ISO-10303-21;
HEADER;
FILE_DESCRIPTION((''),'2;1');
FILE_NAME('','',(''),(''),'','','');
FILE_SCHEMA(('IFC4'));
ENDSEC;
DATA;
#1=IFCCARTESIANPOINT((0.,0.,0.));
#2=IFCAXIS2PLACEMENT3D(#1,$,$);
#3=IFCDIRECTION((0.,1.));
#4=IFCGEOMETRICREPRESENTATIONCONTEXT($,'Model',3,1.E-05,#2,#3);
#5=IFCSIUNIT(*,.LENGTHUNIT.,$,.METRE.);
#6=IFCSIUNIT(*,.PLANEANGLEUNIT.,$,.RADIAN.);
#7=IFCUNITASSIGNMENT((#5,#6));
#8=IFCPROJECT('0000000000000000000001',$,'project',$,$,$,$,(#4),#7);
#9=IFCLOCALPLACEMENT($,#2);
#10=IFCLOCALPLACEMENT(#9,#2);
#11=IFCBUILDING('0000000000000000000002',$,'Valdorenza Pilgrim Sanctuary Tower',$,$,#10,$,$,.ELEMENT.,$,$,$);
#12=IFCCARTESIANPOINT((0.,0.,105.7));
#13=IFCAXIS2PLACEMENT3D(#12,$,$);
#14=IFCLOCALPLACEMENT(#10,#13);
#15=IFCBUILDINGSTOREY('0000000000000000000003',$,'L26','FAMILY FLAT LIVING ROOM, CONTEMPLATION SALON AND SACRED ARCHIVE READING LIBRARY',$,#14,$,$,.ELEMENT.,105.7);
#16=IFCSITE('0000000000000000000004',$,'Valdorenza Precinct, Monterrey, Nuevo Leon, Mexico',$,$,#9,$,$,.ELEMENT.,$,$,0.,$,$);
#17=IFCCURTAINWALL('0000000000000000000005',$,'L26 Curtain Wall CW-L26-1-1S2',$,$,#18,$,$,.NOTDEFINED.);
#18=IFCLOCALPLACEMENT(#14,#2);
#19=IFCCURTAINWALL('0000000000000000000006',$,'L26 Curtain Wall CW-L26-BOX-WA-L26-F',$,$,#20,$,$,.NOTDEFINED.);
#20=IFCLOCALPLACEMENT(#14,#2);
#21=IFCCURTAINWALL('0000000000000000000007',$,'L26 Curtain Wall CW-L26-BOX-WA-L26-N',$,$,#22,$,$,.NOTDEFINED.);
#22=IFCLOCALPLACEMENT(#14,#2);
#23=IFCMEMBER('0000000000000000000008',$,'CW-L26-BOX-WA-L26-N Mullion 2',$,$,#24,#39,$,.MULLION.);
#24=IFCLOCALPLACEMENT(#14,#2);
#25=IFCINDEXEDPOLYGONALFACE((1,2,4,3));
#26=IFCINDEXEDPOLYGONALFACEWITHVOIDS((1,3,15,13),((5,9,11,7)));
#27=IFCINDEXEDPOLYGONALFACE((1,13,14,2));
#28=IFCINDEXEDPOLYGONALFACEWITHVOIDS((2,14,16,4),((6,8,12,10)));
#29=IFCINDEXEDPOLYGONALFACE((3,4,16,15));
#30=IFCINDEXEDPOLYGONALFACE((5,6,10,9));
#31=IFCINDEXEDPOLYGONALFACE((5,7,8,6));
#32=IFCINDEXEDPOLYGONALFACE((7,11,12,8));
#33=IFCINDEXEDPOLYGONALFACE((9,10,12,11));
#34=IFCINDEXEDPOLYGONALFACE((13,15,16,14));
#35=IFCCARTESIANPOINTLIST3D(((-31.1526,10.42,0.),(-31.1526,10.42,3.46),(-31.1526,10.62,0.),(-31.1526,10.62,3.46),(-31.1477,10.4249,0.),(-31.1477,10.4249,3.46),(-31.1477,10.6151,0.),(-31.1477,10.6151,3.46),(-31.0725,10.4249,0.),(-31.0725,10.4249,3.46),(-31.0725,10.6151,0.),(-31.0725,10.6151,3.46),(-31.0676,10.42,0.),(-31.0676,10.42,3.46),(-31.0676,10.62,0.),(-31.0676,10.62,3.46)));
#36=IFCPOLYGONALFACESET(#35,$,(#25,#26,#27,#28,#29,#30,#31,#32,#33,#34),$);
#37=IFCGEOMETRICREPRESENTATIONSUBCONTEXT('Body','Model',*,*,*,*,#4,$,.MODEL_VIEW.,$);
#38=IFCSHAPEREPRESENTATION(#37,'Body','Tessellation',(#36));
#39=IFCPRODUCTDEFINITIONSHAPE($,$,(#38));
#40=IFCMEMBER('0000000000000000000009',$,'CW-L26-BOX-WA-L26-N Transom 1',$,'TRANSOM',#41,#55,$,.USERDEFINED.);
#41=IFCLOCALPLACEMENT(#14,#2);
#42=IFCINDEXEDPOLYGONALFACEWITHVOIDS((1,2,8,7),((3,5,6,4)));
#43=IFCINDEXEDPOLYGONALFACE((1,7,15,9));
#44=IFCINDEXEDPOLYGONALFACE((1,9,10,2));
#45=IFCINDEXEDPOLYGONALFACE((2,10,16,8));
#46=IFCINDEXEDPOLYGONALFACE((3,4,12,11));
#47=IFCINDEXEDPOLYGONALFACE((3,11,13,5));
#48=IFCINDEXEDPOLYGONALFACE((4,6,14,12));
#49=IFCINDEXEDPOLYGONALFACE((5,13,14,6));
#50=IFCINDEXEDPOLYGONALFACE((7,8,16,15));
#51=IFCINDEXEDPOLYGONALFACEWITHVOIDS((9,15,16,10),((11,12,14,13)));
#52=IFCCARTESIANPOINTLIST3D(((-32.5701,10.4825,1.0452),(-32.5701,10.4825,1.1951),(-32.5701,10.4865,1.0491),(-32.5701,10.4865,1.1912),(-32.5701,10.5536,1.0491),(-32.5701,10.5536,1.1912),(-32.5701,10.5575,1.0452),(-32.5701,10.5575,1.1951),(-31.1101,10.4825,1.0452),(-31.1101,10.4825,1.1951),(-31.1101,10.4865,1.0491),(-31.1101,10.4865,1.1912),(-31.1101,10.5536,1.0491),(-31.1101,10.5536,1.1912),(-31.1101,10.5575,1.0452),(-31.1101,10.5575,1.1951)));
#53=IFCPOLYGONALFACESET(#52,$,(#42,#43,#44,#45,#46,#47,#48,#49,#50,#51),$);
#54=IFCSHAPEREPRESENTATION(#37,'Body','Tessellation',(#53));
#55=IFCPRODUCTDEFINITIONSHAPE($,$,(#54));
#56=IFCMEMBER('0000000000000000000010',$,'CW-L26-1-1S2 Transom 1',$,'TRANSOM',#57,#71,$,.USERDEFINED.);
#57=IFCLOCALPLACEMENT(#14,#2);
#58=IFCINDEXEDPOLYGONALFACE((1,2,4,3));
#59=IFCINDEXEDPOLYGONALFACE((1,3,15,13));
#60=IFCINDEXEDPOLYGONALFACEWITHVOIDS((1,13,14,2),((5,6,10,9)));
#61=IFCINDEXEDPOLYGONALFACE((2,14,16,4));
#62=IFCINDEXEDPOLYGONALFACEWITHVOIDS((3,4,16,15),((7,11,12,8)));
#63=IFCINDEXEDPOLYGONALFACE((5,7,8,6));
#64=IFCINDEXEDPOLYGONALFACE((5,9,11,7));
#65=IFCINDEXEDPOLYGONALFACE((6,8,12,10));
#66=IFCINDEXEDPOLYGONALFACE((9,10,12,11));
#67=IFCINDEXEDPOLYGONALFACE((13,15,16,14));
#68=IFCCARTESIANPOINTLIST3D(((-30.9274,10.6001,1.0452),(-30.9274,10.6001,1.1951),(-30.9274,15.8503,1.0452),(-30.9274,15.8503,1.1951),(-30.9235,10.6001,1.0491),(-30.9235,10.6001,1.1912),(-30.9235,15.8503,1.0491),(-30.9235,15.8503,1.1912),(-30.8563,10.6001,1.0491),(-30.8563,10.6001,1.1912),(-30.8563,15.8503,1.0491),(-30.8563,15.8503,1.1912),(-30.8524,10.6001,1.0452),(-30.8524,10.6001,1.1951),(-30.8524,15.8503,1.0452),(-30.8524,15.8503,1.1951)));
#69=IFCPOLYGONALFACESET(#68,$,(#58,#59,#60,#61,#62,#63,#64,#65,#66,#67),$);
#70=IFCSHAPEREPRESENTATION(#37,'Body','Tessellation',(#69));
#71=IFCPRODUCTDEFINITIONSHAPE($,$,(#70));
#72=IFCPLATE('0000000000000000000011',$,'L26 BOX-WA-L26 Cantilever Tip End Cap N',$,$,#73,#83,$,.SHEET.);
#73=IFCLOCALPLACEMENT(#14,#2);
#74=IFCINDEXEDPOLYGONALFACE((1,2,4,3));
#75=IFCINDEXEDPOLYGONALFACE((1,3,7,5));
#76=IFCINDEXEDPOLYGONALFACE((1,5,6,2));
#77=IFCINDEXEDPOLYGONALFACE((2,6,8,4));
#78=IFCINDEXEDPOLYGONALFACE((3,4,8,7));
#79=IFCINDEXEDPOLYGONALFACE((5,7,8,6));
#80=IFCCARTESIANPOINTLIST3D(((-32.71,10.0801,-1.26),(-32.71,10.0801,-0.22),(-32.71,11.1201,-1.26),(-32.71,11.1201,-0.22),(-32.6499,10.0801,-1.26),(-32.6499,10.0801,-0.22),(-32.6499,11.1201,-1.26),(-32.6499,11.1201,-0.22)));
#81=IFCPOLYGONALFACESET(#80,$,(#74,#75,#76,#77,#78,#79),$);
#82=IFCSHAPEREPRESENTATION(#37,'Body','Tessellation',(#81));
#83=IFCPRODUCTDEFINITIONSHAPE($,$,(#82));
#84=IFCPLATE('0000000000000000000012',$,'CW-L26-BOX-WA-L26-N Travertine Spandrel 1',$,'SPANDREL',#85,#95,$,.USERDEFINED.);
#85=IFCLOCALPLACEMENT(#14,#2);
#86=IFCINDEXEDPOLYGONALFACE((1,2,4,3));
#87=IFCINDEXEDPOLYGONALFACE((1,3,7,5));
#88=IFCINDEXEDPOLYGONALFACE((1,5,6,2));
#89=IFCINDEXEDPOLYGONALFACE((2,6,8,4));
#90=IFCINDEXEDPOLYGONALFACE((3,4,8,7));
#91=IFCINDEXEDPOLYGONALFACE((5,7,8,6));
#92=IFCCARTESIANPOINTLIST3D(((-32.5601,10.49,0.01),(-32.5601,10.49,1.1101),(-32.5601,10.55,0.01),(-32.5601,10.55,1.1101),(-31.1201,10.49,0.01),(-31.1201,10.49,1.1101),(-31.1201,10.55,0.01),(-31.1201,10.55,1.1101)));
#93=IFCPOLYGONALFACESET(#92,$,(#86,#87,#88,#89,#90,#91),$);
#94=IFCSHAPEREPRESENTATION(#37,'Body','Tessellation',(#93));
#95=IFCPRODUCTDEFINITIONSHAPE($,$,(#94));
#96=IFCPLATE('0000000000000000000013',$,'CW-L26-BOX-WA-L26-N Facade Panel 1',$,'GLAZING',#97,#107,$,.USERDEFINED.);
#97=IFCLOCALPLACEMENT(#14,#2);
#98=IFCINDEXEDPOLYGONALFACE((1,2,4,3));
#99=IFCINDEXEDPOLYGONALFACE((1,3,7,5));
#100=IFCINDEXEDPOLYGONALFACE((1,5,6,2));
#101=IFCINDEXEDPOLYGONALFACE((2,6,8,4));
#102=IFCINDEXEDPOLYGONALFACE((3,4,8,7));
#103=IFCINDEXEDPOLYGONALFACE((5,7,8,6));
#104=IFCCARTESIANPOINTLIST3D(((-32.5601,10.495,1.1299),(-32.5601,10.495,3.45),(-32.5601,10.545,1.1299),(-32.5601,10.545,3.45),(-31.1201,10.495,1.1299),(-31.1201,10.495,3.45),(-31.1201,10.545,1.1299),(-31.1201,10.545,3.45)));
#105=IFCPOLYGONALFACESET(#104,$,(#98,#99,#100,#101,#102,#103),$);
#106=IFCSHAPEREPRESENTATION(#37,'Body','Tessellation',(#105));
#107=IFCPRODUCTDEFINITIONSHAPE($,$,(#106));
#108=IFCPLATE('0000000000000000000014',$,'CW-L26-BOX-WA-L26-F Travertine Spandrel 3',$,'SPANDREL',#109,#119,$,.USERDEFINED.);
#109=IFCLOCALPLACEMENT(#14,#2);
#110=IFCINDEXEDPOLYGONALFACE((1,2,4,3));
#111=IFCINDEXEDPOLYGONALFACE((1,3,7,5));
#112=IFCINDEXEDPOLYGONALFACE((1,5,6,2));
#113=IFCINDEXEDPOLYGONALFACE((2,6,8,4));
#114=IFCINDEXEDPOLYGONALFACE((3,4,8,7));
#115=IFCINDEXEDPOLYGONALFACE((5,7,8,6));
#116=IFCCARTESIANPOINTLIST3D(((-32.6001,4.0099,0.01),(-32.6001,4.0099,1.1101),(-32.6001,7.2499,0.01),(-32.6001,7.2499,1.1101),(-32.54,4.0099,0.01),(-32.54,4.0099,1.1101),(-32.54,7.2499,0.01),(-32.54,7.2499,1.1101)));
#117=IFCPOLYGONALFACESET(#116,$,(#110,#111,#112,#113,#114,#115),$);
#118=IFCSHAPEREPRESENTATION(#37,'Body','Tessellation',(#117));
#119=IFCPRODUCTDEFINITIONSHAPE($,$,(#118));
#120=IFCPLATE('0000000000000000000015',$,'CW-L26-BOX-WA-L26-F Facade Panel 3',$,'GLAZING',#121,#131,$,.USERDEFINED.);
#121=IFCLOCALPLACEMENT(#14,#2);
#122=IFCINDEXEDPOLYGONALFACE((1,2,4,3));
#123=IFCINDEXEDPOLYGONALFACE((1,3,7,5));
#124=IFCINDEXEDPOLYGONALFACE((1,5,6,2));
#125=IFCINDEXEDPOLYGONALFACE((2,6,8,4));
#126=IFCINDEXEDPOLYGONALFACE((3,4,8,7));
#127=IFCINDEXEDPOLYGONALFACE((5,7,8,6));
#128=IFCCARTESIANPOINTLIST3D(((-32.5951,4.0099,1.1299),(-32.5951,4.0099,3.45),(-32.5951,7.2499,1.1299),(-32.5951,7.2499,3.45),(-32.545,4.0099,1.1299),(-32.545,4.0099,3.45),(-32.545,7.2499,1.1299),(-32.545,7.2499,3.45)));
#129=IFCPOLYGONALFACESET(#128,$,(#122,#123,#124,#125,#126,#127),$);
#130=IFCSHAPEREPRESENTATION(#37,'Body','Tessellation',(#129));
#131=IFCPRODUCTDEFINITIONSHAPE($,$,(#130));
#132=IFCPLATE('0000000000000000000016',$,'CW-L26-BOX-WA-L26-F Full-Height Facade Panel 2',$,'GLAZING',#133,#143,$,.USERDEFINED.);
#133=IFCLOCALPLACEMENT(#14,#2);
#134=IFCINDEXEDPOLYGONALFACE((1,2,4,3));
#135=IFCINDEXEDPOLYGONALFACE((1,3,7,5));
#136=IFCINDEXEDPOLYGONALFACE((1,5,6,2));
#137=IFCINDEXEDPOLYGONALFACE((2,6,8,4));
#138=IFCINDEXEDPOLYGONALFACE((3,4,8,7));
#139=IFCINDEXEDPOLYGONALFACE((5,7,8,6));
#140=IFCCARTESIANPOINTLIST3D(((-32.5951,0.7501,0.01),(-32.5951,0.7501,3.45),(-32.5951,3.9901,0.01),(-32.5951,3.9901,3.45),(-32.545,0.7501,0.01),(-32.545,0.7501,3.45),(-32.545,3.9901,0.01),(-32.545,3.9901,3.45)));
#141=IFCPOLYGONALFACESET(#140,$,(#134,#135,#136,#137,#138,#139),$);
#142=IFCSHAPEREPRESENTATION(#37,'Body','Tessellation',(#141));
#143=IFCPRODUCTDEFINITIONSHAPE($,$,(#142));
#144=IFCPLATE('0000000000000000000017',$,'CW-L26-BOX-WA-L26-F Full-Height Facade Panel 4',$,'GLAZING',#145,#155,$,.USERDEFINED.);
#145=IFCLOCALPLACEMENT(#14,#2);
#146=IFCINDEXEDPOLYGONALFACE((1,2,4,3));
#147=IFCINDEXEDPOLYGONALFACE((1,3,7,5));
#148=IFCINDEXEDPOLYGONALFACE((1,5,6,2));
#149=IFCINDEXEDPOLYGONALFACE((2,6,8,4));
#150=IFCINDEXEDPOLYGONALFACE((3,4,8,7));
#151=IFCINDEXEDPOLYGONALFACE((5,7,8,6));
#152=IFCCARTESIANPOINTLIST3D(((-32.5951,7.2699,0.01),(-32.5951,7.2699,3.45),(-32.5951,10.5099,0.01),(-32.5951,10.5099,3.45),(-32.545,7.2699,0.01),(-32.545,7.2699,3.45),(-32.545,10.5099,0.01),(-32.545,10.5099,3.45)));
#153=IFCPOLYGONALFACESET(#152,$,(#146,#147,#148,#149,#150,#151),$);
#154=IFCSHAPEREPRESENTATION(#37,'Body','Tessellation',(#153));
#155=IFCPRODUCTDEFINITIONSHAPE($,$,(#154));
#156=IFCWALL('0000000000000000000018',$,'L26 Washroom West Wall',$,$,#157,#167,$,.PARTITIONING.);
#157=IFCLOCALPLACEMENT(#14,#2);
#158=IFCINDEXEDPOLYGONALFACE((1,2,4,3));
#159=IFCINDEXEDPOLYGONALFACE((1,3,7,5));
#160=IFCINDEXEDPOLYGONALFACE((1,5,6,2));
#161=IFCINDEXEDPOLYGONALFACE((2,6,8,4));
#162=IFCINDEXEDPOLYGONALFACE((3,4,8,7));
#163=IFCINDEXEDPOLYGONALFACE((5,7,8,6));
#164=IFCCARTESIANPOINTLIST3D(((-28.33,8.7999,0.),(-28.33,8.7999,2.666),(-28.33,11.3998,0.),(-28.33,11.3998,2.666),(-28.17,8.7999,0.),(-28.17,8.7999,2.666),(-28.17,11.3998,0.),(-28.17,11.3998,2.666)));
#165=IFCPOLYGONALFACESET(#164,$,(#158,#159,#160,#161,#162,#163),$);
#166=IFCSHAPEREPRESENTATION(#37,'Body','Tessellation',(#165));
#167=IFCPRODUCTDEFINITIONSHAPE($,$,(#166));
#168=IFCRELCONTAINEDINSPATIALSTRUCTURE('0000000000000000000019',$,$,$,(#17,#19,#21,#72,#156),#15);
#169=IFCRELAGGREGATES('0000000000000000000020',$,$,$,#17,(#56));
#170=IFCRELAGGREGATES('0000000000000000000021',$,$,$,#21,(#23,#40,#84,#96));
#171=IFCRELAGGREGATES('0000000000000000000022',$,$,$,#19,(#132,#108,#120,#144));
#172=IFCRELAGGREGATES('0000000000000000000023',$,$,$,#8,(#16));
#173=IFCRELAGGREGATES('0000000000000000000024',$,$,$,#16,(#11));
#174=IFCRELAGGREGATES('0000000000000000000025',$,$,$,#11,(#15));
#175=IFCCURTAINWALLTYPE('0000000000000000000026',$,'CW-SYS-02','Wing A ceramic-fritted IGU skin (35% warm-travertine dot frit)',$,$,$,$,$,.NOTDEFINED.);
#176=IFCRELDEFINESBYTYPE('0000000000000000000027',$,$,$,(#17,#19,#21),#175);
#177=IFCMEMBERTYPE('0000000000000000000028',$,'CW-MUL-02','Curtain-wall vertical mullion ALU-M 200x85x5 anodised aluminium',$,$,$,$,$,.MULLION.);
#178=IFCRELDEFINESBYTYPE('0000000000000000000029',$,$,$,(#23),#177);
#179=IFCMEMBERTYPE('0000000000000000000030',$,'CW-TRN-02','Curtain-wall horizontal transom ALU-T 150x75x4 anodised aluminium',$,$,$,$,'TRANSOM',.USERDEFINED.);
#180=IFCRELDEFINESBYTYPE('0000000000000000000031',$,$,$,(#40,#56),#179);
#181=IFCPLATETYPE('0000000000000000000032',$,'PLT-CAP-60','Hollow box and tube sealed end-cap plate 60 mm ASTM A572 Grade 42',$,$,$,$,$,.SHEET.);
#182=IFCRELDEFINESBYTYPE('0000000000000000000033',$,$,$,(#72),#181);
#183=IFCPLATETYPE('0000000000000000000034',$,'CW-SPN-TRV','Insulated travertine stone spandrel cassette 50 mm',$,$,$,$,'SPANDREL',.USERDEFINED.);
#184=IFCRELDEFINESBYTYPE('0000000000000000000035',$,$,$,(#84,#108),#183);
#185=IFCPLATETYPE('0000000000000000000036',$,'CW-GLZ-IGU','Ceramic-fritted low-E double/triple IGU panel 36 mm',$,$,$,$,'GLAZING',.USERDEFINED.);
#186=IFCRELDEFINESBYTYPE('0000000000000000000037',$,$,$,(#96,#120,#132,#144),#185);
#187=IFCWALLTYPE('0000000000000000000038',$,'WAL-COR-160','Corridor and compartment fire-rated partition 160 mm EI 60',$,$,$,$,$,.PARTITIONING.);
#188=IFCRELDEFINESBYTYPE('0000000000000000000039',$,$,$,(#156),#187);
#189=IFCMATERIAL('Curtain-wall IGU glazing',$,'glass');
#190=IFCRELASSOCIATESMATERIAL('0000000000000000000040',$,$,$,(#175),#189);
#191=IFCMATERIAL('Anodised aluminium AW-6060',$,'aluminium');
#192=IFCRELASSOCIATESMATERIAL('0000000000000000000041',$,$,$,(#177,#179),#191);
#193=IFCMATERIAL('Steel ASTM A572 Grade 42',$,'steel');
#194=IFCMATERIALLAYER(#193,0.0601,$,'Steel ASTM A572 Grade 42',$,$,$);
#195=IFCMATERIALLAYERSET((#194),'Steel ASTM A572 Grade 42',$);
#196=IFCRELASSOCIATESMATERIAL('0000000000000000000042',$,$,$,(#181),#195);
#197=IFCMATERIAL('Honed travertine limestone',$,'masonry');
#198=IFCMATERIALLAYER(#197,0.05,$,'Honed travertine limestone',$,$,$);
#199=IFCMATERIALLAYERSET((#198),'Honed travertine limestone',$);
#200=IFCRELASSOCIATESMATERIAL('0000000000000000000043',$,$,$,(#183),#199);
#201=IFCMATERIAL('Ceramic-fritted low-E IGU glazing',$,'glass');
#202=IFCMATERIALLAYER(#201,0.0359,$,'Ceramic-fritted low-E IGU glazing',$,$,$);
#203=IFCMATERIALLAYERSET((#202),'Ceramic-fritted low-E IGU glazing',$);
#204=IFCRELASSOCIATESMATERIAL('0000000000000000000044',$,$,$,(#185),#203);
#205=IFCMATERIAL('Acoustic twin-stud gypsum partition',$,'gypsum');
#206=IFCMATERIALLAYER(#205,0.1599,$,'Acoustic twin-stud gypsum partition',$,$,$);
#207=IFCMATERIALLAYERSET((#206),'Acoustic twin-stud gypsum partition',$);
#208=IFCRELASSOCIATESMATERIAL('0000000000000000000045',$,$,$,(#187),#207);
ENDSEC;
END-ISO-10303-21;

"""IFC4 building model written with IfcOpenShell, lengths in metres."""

from ifc_helpers import new_model, si_unit, direction, frame, frame_2d, origin, origin_2d, place, context, subcontext, project, spatial, rectangle, hollow_rectangle, extrude, source, transform, mapped, material, layer, layer_set, material_profile, profile_set, type_object, element, aggregate, save


model = new_model("IFC4")

# Units and contexts
model_context = context("Model", 3, precision=1e-05, world=origin(), true_north=direction((0.0, 1.0)))
body_context = subcontext(model_context, "Body", "Model", "MODEL_VIEW")
ifc_project = project(units=[si_unit("LENGTHUNIT", "METRE"), si_unit("PLANEANGLEUNIT", "RADIAN")], contexts=[model_context])

# Site, building, storey
site_placement = place(None, origin())
site = spatial("IfcSite", under=ifc_project, at=site_placement, Name="Valdorenza Precinct, Monterrey, Nuevo Leon, Mexico", CompositionType="ELEMENT", RefElevation=0.0)
building_placement = place(site_placement, origin())
building = spatial("IfcBuilding", under=site, at=building_placement, Name="Valdorenza Pilgrim Sanctuary Tower", CompositionType="ELEMENT")
storey_placement = place(building_placement, frame((0.0, 0.0, 105.7)))
storey = spatial("IfcBuildingStorey", under=building, at=storey_placement, Name="L26", Description="FAMILY FLAT LIVING ROOM, CONTEMPLATION SALON AND SACRED ARCHIVE READING LIBRARY", CompositionType="ELEMENT", Elevation=105.7)

# Shared definitions
ifc_material_1 = material(Name="Steel ASTM A572 Grade 42", Category="steel")

# Curtain wall
ifc_material_2 = material(Name="Curtain-wall IGU glazing", Category="glass")
curtain_wall_type = type_object("IfcCurtainWallType", Name="CW-SYS-02", Description="Wing A ceramic-fritted IGU skin (35% warm-travertine dot frit)", PredefinedType="NOTDEFINED", material=ifc_material_2)
curtain_wall_1_placement = place(storey_placement, origin())
curtain_wall_1 = element("IfcCurtainWall", 1, at=curtain_wall_1_placement, inside=storey, type_object=curtain_wall_type, Name="L26 Curtain Wall CW-L26-1-1S2", PredefinedType="NOTDEFINED")
ifc_material_3 = material(Name="Anodised aluminium AW-6060", Category="aluminium")
ifc_material_profile_1 = material_profile(ifc_material_3, hollow_rectangle(XDim=0.085, YDim=0.2, WallThickness=0.0049, at=origin_2d()), Name="ALU-M 200x85x5")
ifc_profile_set_1 = profile_set([ifc_material_profile_1], Name="Anodised aluminium AW-6060")
member_type_1 = type_object("IfcMemberType", Name="CW-MUL-02", Description="Curtain-wall vertical mullion ALU-M 200x85x5 anodised aluminium", PredefinedType="MULLION", material=ifc_profile_set_1)
shared_shape_1 = source(origin(), body_context, "Body", "SweptSolid", [
    extrude(hollow_rectangle(XDim=0.085, YDim=0.2, WallThickness=0.0049, at=origin_2d()), origin(), (0.0, 0.0, 1.0), 3.46),
])

# Curtain walls, members
curtain_wall_2_placement = place(storey_placement, origin())
curtain_wall_2 = element("IfcCurtainWall", 2, at=curtain_wall_2_placement, inside=storey, type_object=curtain_wall_type, Name="L26 Curtain Wall CW-L26-BOX-WA-L26-F", PredefinedType="NOTDEFINED")
curtain_wall_3_placement = place(storey_placement, origin())
curtain_wall_3 = element("IfcCurtainWall", 3, at=curtain_wall_3_placement, inside=storey, type_object=curtain_wall_type, Name="L26 Curtain Wall CW-L26-BOX-WA-L26-N", PredefinedType="NOTDEFINED")
member_1_placement = place(storey_placement, frame((-31.1101, 10.52, 0.0), z_axis=(0.0, 0.0, 1.0), x_axis=(1.0, 0.0, 0.0)))
member_1 = element("IfcMember", 4, at=member_1_placement, type_object=member_type_1, Name="CW-L26-BOX-WA-L26-N Mullion 2", PredefinedType="MULLION", context=body_context, shape_type="MappedRepresentation", body=[
    mapped(shared_shape_1, transform((0.0, 0.0, 0.0), x_axis=(1.0, 0.0, 0.0), y_axis=(0.0, 1.0, 0.0), z_axis=(0.0, 0.0, 1.0), scale=1.0)),
])
ifc_material_profile_2 = material_profile(ifc_material_3, hollow_rectangle(XDim=0.075, YDim=0.1499, WallThickness=0.0039, at=origin_2d()), Name="ALU-T 150x75x4")
ifc_profile_set_2 = profile_set([ifc_material_profile_2], Name="Anodised aluminium AW-6060")
member_type_2 = type_object("IfcMemberType", Name="CW-TRN-02", Description="Curtain-wall horizontal transom ALU-T 150x75x4 anodised aluminium", ElementType="TRANSOM", PredefinedType="USERDEFINED", material=ifc_profile_set_2)
shared_shape_2 = source(origin(), body_context, "Body", "SweptSolid", [
    extrude(hollow_rectangle(XDim=0.075, YDim=0.1499, WallThickness=0.0039, at=origin_2d()), origin(), (0.0, 0.0, 1.0), 1.46),
])
member_2_placement = place(storey_placement, frame((-32.5701, 10.52, 1.1201), z_axis=(1.0, 0.0, 0.0), x_axis=(0.0, 1.0, 0.0)))
member_2 = element("IfcMember", 5, at=member_2_placement, type_object=member_type_2, Name="CW-L26-BOX-WA-L26-N Transom 1", ObjectType="TRANSOM", PredefinedType="USERDEFINED", context=body_context, shape_type="MappedRepresentation", body=[
    mapped(shared_shape_2, transform((0.0, 0.0, 0.0), x_axis=(1.0, 0.0, 0.0), y_axis=(0.0, 1.0, 0.0), z_axis=(0.0, 0.0, 1.0), scale=1.0)),
])

# Member
shared_shape_3 = source(origin(), body_context, "Body", "SweptSolid", [
    extrude(hollow_rectangle(XDim=0.075, YDim=0.1499, WallThickness=0.0039, at=origin_2d()), origin(), (0.0, 0.0, 1.0), 5.2502),
])
member_3_placement = place(storey_placement, frame((-30.8899, 10.6001, 1.1201), z_axis=(0.0, 1.0, 0.0), x_axis=(-1.0, 0.0, 0.0)))
member_3 = element("IfcMember", 6, at=member_3_placement, type_object=member_type_2, Name="CW-L26-1-1S2 Transom 1", ObjectType="TRANSOM", PredefinedType="USERDEFINED", context=body_context, shape_type="MappedRepresentation", body=[
    mapped(shared_shape_3, transform((0.0, 0.0, 0.0), x_axis=(1.0, 0.0, 0.0), y_axis=(0.0, 1.0, 0.0), z_axis=(0.0, 0.0, 1.0), scale=1.0)),
])
aggregate(curtain_wall_1, [member_3])

# Plates
ifc_layer_1 = layer(ifc_material_1, 0.0601, Name="Steel ASTM A572 Grade 42")
ifc_layer_set_1 = layer_set([ifc_layer_1], Name="Steel ASTM A572 Grade 42")
plate_type_1 = type_object("IfcPlateType", Name="PLT-CAP-60", Description="Hollow box and tube sealed end-cap plate 60 mm ASTM A572 Grade 42", PredefinedType="SHEET", material=ifc_layer_set_1)
shared_shape_4 = source(origin(), body_context, "Body", "SweptSolid", [
    extrude(rectangle(XDim=0.0601, YDim=1.04, at=origin_2d()), origin(), (0.0, 0.0, 1.0), 1.04),
])
plate_1_placement = place(storey_placement, frame((-32.6799, 10.6001, -1.26), z_axis=(0.0, 0.0, 1.0), x_axis=(1.0, 0.0, 0.0)))
element("IfcPlate", 7, at=plate_1_placement, inside=storey, type_object=plate_type_1, Name="L26 BOX-WA-L26 Cantilever Tip End Cap N", PredefinedType="SHEET", context=body_context, shape_type="MappedRepresentation", body=[
    mapped(shared_shape_4, transform((0.0, 0.0, 0.0), x_axis=(1.0, 0.0, 0.0), y_axis=(0.0, 1.0, 0.0), z_axis=(0.0, 0.0, 1.0), scale=1.0)),
])
ifc_material_4 = material(Name="Honed travertine limestone", Category="masonry")
ifc_layer_2 = layer(ifc_material_4, 0.05, Name="Honed travertine limestone")
ifc_layer_set_2 = layer_set([ifc_layer_2], Name="Honed travertine limestone")
plate_type_2 = type_object("IfcPlateType", Name="CW-SPN-TRV", Description="Insulated travertine stone spandrel cassette 50 mm", ElementType="SPANDREL", PredefinedType="USERDEFINED", material=ifc_layer_set_2)
shared_shape_5 = source(origin(), body_context, "Body", "SweptSolid", [
    extrude(rectangle(XDim=1.4399, YDim=0.0601, at=origin_2d()), origin(), (0.0, 0.0, 1.0), 1.1001),
])
plate_2_placement = place(storey_placement, frame((-31.8401, 10.52, 0.01), z_axis=(0.0, 0.0, 1.0), x_axis=(1.0, 0.0, 0.0)))
plate_2 = element("IfcPlate", 8, at=plate_2_placement, type_object=plate_type_2, Name="CW-L26-BOX-WA-L26-N Travertine Spandrel 1", ObjectType="SPANDREL", PredefinedType="USERDEFINED", context=body_context, shape_type="MappedRepresentation", body=[
    mapped(shared_shape_5, transform((0.0, 0.0, 0.0), x_axis=(1.0, 0.0, 0.0), y_axis=(0.0, 1.0, 0.0), z_axis=(0.0, 0.0, 1.0), scale=1.0)),
])
ifc_material_5 = material(Name="Ceramic-fritted low-E IGU glazing", Category="glass")
ifc_layer_3 = layer(ifc_material_5, 0.0359, Name="Ceramic-fritted low-E IGU glazing")
ifc_layer_set_3 = layer_set([ifc_layer_3], Name="Ceramic-fritted low-E IGU glazing")
plate_type_3 = type_object("IfcPlateType", Name="CW-GLZ-IGU", Description="Ceramic-fritted low-E double/triple IGU panel 36 mm", ElementType="GLAZING", PredefinedType="USERDEFINED", material=ifc_layer_set_3)
shared_shape_6 = source(origin(), body_context, "Body", "SweptSolid", [
    extrude(rectangle(XDim=1.4399, YDim=0.05, at=origin_2d()), origin(), (0.0, 0.0, 1.0), 2.3201),
])
plate_3_placement = place(storey_placement, frame((-31.8401, 10.52, 1.1299), z_axis=(0.0, 0.0, 1.0), x_axis=(1.0, 0.0, 0.0)))
plate_3 = element("IfcPlate", 9, at=plate_3_placement, type_object=plate_type_3, Name="CW-L26-BOX-WA-L26-N Facade Panel 1", ObjectType="GLAZING", PredefinedType="USERDEFINED", context=body_context, shape_type="MappedRepresentation", body=[
    mapped(shared_shape_6, transform((0.0, 0.0, 0.0), x_axis=(1.0, 0.0, 0.0), y_axis=(0.0, 1.0, 0.0), z_axis=(0.0, 0.0, 1.0), scale=1.0)),
])
aggregate(curtain_wall_3, [member_1, member_2, plate_2, plate_3])
shared_shape_7 = source(origin(), body_context, "Body", "SweptSolid", [
    extrude(rectangle(XDim=3.24, YDim=0.0601, at=origin_2d()), origin(), (0.0, 0.0, 1.0), 1.1001),
])
plate_4_placement = place(storey_placement, frame((-32.5701, 5.6299, 0.01), z_axis=(0.0, 0.0, 1.0), x_axis=(0.0, 1.0, 0.0)))
plate_4 = element("IfcPlate", 10, at=plate_4_placement, type_object=plate_type_2, Name="CW-L26-BOX-WA-L26-F Travertine Spandrel 3", ObjectType="SPANDREL", PredefinedType="USERDEFINED", context=body_context, shape_type="MappedRepresentation", body=[
    mapped(shared_shape_7, transform((0.0, 0.0, 0.0), x_axis=(1.0, 0.0, 0.0), y_axis=(0.0, 1.0, 0.0), z_axis=(0.0, 0.0, 1.0), scale=1.0)),
])
shared_shape_8 = source(origin(), body_context, "Body", "SweptSolid", [
    extrude(rectangle(XDim=3.24, YDim=0.05, at=origin_2d()), origin(), (0.0, 0.0, 1.0), 2.3201),
])
plate_5_placement = place(storey_placement, frame((-32.5701, 5.6299, 1.1299), z_axis=(0.0, 0.0, 1.0), x_axis=(0.0, 1.0, 0.0)))
plate_5 = element("IfcPlate", 11, at=plate_5_placement, type_object=plate_type_3, Name="CW-L26-BOX-WA-L26-F Facade Panel 3", ObjectType="GLAZING", PredefinedType="USERDEFINED", context=body_context, shape_type="MappedRepresentation", body=[
    mapped(shared_shape_8, transform((0.0, 0.0, 0.0), x_axis=(1.0, 0.0, 0.0), y_axis=(0.0, 1.0, 0.0), z_axis=(0.0, 0.0, 1.0), scale=1.0)),
])
shared_shape_9 = source(origin(), body_context, "Body", "SweptSolid", [
    extrude(rectangle(XDim=3.24, YDim=0.05, at=origin_2d()), origin(), (0.0, 0.0, 1.0), 3.4399),
])
plate_6_placement = place(storey_placement, frame((-32.5701, 2.3701, 0.01), z_axis=(0.0, 0.0, 1.0), x_axis=(0.0, 1.0, 0.0)))
plate_6 = element("IfcPlate", 12, at=plate_6_placement, type_object=plate_type_3, Name="CW-L26-BOX-WA-L26-F Full-Height Facade Panel 2", ObjectType="GLAZING", PredefinedType="USERDEFINED", context=body_context, shape_type="MappedRepresentation", body=[
    mapped(shared_shape_9, transform((0.0, 0.0, 0.0), x_axis=(1.0, 0.0, 0.0), y_axis=(0.0, 1.0, 0.0), z_axis=(0.0, 0.0, 1.0), scale=1.0)),
])
plate_7_placement = place(storey_placement, frame((-32.5701, 8.8899, 0.01), z_axis=(0.0, 0.0, 1.0), x_axis=(0.0, 1.0, 0.0)))
plate_7 = element("IfcPlate", 13, at=plate_7_placement, type_object=plate_type_3, Name="CW-L26-BOX-WA-L26-F Full-Height Facade Panel 4", ObjectType="GLAZING", PredefinedType="USERDEFINED", context=body_context, shape_type="MappedRepresentation", body=[
    mapped(shared_shape_9, transform((0.0, 0.0, 0.0), x_axis=(1.0, 0.0, 0.0), y_axis=(0.0, 1.0, 0.0), z_axis=(0.0, 0.0, 1.0), scale=1.0)),
])
aggregate(curtain_wall_2, [plate_6, plate_4, plate_5, plate_7])

# Wall
ifc_material_6 = material(Name="Acoustic twin-stud gypsum partition", Category="gypsum")
ifc_layer_4 = layer(ifc_material_6, 0.1599, Name="Acoustic twin-stud gypsum partition")
ifc_layer_set_4 = layer_set([ifc_layer_4], Name="Acoustic twin-stud gypsum partition")
wall_type_1 = type_object("IfcWallType", Name="WAL-COR-160", Description="Corridor and compartment fire-rated partition 160 mm EI 60", PredefinedType="PARTITIONING", material=ifc_layer_set_4)
wall_1_placement = place(storey_placement, frame((-28.25, 8.8, 0.0), z_axis=(0.0, 0.0, 1.0), x_axis=(0.0, 1.0, 0.0)))
element("IfcWall", 14, at=wall_1_placement, inside=storey, type_object=wall_type_1, Name="L26 Washroom West Wall", PredefinedType="PARTITIONING", context=body_context, shape_type="SweptSolid", body=[
    extrude(rectangle(XDim=2.5999, YDim=0.1599, at=frame_2d((1.2998, 0.0))), origin(), (0.0, 0.0, 1.0), 2.666),
])

save(model, "model.ifc")
